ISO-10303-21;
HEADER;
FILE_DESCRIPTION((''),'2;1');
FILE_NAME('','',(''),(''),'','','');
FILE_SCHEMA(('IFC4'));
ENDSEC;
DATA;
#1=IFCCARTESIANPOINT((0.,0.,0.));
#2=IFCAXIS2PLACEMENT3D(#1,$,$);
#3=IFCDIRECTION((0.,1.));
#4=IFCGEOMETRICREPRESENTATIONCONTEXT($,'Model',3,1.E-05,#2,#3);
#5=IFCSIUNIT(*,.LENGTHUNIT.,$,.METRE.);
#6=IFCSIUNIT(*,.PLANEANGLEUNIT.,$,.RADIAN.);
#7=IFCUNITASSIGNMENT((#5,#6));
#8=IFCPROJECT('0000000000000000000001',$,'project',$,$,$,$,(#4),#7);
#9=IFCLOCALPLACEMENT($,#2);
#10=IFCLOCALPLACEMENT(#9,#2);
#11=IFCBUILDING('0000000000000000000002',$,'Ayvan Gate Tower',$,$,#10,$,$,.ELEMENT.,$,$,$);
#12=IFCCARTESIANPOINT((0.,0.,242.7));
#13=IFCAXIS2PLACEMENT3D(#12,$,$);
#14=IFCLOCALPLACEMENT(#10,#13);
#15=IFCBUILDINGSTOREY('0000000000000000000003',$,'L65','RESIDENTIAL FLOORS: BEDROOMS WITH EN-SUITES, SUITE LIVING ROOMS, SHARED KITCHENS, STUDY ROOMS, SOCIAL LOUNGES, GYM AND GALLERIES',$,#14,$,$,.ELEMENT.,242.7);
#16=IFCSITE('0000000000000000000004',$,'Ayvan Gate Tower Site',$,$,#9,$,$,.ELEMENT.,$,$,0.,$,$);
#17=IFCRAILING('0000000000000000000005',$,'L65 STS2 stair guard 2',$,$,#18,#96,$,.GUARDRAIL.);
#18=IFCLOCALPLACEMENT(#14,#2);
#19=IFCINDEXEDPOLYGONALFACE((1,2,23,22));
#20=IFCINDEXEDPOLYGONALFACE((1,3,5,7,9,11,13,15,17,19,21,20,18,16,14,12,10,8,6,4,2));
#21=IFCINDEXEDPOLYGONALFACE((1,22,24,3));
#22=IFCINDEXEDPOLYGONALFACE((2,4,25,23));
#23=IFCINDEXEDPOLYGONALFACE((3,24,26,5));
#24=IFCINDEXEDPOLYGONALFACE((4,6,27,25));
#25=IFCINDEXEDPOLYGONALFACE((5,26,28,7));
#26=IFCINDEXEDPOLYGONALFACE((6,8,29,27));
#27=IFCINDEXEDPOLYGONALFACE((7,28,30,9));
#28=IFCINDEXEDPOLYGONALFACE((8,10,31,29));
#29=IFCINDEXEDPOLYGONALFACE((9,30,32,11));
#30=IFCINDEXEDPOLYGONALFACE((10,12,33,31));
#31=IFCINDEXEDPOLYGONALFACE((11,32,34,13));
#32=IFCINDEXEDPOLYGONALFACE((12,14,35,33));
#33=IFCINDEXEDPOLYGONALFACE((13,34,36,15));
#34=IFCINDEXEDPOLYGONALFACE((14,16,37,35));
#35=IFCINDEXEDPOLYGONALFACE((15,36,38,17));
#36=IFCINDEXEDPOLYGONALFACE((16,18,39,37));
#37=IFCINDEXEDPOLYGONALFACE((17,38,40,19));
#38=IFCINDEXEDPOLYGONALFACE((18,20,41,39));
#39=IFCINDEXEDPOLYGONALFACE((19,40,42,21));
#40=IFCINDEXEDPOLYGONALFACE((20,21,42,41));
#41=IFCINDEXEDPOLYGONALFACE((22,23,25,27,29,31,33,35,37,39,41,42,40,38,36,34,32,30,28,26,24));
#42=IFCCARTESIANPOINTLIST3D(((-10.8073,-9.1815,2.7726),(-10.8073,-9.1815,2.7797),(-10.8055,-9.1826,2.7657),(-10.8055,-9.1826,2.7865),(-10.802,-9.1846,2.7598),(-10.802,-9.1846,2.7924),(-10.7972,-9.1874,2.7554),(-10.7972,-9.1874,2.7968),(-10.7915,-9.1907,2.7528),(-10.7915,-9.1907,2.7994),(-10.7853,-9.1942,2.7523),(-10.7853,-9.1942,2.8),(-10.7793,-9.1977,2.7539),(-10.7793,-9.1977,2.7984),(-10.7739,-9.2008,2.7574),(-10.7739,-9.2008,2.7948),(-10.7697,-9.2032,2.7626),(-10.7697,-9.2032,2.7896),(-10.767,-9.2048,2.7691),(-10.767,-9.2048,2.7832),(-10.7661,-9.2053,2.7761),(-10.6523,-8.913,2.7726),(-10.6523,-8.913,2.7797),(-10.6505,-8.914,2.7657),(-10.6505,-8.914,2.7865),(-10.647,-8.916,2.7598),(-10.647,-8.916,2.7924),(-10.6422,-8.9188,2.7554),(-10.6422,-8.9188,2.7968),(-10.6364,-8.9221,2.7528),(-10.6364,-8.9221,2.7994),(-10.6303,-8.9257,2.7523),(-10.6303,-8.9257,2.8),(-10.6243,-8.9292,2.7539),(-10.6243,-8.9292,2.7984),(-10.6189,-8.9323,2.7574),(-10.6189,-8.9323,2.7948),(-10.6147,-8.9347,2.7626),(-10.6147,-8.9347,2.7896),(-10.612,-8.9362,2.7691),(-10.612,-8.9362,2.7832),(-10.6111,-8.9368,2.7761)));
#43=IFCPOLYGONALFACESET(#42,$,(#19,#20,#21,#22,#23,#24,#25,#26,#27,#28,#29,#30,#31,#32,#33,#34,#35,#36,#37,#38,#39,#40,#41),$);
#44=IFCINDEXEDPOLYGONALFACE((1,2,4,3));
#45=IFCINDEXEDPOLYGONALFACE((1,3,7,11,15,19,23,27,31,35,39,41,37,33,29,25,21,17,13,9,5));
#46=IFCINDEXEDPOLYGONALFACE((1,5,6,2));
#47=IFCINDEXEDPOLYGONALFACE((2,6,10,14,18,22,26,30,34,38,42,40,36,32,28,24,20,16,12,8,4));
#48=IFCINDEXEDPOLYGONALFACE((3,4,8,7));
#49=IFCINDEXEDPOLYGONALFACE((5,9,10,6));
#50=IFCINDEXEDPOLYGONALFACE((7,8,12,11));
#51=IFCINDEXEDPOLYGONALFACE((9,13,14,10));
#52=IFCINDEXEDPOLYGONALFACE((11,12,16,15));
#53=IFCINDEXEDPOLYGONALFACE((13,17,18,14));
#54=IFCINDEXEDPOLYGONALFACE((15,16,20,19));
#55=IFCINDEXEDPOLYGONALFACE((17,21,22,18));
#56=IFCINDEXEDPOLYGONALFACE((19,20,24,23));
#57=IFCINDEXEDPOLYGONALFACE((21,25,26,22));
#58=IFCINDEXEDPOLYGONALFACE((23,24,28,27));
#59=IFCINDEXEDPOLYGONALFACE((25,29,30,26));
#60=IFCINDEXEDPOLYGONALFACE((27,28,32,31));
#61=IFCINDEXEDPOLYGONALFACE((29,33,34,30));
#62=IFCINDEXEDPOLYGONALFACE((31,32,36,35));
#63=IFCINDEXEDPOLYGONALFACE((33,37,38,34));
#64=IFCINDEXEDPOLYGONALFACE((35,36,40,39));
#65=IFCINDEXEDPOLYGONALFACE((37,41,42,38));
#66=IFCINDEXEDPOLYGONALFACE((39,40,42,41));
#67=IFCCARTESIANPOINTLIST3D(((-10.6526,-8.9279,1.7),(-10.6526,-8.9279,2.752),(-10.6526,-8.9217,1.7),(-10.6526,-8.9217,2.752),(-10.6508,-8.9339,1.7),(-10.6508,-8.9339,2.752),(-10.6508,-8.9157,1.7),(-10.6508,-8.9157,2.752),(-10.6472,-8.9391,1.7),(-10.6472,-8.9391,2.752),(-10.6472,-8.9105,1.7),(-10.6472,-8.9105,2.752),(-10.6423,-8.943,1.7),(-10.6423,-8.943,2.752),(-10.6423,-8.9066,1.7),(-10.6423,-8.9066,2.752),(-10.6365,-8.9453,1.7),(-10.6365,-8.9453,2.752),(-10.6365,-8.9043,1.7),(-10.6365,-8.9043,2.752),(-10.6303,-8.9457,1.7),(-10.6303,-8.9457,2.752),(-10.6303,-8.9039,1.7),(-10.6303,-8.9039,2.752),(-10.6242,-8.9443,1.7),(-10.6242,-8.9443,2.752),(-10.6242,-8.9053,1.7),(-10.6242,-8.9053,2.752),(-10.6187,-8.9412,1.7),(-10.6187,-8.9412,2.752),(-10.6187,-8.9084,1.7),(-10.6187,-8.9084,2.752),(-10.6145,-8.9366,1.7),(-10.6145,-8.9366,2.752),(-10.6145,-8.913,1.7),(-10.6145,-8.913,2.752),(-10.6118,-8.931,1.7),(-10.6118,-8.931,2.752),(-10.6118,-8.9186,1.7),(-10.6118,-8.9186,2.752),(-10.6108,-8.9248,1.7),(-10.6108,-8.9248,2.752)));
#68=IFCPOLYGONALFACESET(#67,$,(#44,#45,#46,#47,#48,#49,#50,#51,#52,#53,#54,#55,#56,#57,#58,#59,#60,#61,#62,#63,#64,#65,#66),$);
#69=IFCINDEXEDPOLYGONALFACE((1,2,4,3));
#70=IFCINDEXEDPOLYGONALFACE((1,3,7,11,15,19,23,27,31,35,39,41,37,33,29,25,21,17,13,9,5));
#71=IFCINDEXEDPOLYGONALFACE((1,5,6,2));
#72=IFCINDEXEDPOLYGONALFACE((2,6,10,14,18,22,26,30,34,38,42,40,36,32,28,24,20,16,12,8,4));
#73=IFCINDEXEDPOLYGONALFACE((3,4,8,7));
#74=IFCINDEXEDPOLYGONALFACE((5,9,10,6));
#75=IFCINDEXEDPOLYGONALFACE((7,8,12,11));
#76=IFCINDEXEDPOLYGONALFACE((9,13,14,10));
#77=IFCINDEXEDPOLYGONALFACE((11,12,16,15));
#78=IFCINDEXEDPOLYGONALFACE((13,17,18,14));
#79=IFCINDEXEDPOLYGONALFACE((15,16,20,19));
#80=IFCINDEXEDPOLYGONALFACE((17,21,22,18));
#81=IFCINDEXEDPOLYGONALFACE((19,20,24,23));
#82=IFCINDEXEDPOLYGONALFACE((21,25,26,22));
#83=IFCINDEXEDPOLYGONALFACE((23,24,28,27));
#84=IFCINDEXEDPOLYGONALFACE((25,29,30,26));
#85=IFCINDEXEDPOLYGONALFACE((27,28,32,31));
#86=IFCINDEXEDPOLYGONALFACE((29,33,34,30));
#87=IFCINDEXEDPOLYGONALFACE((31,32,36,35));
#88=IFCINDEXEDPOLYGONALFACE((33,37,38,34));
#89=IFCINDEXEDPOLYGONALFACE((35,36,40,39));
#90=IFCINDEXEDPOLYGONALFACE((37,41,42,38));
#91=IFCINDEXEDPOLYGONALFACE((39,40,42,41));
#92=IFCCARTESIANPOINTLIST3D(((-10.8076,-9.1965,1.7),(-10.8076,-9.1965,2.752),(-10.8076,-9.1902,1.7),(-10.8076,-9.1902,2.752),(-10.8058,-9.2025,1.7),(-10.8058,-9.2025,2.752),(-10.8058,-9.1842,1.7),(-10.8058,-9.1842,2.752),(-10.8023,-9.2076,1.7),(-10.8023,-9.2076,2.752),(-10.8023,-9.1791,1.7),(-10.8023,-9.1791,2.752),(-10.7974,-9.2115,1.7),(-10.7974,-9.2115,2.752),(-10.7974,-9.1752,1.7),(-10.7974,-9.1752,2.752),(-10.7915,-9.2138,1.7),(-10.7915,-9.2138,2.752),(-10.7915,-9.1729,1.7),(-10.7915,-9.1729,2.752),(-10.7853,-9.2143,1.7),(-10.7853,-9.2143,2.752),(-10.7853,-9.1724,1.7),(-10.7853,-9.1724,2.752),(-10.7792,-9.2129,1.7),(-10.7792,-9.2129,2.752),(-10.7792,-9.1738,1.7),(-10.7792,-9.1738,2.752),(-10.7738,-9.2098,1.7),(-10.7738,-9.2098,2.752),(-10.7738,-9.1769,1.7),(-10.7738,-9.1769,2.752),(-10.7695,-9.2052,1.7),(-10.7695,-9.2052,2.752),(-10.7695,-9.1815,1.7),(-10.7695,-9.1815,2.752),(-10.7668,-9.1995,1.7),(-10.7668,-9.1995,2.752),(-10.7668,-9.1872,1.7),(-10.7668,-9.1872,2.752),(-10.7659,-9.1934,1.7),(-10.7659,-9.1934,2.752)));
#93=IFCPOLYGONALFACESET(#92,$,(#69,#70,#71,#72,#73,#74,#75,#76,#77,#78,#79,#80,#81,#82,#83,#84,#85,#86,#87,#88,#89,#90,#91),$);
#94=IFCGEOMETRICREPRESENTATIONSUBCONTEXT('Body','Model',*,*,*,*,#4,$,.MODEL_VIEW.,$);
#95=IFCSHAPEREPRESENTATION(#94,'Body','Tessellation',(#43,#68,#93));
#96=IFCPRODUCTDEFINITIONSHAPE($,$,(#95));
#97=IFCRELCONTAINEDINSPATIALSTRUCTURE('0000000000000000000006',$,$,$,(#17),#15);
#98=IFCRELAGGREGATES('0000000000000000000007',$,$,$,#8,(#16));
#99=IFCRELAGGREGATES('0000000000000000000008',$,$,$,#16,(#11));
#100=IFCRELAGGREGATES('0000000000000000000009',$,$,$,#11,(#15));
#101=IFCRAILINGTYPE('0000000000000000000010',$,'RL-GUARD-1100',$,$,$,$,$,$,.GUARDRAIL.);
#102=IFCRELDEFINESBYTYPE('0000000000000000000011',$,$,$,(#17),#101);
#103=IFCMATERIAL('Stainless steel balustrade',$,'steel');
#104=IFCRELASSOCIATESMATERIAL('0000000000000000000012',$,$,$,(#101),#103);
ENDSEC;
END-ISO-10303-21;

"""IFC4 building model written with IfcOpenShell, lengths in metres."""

from ifc_helpers import new_model, si_unit, direction, frame, origin, origin_2d, place, context, subcontext, project, spatial, circle, extrude, material, type_object, element, save


model = new_model("IFC4")

# Units and contexts
model_context = context("Model", 3, precision=1e-05, world=origin(), true_north=direction((0.0, 1.0)))
body_context = subcontext(model_context, "Body", "Model", "MODEL_VIEW")
ifc_project = project(units=[si_unit("LENGTHUNIT", "METRE"), si_unit("PLANEANGLEUNIT", "RADIAN")], contexts=[model_context])

# Site, building, storey
site_placement = place(None, origin())
site = spatial("IfcSite", under=ifc_project, at=site_placement, Name="Ayvan Gate Tower Site", CompositionType="ELEMENT", RefElevation=0.0)
building_placement = place(site_placement, origin())
building = spatial("IfcBuilding", under=site, at=building_placement, Name="Ayvan Gate Tower", CompositionType="ELEMENT")
storey_placement = place(building_placement, frame((0.0, 0.0, 242.7)))
storey = spatial("IfcBuildingStorey", under=building, at=storey_placement, Name="L65", Description="RESIDENTIAL FLOORS: BEDROOMS WITH EN-SUITES, SUITE LIVING ROOMS, SHARED KITCHENS, STUDY ROOMS, SOCIAL LOUNGES, GYM AND GALLERIES", CompositionType="ELEMENT", Elevation=242.7)

# Railing
ifc_material_1 = material(Name="Stainless steel balustrade", Category="steel")
railing_type_1 = type_object("IfcRailingType", Name="RL-GUARD-1100", PredefinedType="GUARDRAIL", material=ifc_material_1)
railing_1_placement = place(storey_placement, frame((-10.6318, -8.9248, 1.7)))
element("IfcRailing", 1, at=railing_1_placement, inside=storey, type_object=railing_type_1, Name="L65 STS2 stair guard 2", PredefinedType="GUARDRAIL", context=body_context, shape_type="SweptSolid", body=[
    extrude(circle(Radius=0.0239, at=origin_2d()), frame((0.0, 0.0, 1.0762), z_axis=(-0.49995, -0.866054, 0.0), x_axis=(0.866054, -0.49995, 0.0)), (0.0, 0.0, 1.0), 0.3101),
    extrude(circle(Radius=0.021, at=origin_2d()), origin(), (0.0, 0.0, 1.0), 1.052),
    extrude(circle(Radius=0.021, at=origin_2d()), frame((-0.155, -0.2686, 0.0)), (0.0, 0.0, 1.0), 1.052),
])

save(model, "model.ifc")
